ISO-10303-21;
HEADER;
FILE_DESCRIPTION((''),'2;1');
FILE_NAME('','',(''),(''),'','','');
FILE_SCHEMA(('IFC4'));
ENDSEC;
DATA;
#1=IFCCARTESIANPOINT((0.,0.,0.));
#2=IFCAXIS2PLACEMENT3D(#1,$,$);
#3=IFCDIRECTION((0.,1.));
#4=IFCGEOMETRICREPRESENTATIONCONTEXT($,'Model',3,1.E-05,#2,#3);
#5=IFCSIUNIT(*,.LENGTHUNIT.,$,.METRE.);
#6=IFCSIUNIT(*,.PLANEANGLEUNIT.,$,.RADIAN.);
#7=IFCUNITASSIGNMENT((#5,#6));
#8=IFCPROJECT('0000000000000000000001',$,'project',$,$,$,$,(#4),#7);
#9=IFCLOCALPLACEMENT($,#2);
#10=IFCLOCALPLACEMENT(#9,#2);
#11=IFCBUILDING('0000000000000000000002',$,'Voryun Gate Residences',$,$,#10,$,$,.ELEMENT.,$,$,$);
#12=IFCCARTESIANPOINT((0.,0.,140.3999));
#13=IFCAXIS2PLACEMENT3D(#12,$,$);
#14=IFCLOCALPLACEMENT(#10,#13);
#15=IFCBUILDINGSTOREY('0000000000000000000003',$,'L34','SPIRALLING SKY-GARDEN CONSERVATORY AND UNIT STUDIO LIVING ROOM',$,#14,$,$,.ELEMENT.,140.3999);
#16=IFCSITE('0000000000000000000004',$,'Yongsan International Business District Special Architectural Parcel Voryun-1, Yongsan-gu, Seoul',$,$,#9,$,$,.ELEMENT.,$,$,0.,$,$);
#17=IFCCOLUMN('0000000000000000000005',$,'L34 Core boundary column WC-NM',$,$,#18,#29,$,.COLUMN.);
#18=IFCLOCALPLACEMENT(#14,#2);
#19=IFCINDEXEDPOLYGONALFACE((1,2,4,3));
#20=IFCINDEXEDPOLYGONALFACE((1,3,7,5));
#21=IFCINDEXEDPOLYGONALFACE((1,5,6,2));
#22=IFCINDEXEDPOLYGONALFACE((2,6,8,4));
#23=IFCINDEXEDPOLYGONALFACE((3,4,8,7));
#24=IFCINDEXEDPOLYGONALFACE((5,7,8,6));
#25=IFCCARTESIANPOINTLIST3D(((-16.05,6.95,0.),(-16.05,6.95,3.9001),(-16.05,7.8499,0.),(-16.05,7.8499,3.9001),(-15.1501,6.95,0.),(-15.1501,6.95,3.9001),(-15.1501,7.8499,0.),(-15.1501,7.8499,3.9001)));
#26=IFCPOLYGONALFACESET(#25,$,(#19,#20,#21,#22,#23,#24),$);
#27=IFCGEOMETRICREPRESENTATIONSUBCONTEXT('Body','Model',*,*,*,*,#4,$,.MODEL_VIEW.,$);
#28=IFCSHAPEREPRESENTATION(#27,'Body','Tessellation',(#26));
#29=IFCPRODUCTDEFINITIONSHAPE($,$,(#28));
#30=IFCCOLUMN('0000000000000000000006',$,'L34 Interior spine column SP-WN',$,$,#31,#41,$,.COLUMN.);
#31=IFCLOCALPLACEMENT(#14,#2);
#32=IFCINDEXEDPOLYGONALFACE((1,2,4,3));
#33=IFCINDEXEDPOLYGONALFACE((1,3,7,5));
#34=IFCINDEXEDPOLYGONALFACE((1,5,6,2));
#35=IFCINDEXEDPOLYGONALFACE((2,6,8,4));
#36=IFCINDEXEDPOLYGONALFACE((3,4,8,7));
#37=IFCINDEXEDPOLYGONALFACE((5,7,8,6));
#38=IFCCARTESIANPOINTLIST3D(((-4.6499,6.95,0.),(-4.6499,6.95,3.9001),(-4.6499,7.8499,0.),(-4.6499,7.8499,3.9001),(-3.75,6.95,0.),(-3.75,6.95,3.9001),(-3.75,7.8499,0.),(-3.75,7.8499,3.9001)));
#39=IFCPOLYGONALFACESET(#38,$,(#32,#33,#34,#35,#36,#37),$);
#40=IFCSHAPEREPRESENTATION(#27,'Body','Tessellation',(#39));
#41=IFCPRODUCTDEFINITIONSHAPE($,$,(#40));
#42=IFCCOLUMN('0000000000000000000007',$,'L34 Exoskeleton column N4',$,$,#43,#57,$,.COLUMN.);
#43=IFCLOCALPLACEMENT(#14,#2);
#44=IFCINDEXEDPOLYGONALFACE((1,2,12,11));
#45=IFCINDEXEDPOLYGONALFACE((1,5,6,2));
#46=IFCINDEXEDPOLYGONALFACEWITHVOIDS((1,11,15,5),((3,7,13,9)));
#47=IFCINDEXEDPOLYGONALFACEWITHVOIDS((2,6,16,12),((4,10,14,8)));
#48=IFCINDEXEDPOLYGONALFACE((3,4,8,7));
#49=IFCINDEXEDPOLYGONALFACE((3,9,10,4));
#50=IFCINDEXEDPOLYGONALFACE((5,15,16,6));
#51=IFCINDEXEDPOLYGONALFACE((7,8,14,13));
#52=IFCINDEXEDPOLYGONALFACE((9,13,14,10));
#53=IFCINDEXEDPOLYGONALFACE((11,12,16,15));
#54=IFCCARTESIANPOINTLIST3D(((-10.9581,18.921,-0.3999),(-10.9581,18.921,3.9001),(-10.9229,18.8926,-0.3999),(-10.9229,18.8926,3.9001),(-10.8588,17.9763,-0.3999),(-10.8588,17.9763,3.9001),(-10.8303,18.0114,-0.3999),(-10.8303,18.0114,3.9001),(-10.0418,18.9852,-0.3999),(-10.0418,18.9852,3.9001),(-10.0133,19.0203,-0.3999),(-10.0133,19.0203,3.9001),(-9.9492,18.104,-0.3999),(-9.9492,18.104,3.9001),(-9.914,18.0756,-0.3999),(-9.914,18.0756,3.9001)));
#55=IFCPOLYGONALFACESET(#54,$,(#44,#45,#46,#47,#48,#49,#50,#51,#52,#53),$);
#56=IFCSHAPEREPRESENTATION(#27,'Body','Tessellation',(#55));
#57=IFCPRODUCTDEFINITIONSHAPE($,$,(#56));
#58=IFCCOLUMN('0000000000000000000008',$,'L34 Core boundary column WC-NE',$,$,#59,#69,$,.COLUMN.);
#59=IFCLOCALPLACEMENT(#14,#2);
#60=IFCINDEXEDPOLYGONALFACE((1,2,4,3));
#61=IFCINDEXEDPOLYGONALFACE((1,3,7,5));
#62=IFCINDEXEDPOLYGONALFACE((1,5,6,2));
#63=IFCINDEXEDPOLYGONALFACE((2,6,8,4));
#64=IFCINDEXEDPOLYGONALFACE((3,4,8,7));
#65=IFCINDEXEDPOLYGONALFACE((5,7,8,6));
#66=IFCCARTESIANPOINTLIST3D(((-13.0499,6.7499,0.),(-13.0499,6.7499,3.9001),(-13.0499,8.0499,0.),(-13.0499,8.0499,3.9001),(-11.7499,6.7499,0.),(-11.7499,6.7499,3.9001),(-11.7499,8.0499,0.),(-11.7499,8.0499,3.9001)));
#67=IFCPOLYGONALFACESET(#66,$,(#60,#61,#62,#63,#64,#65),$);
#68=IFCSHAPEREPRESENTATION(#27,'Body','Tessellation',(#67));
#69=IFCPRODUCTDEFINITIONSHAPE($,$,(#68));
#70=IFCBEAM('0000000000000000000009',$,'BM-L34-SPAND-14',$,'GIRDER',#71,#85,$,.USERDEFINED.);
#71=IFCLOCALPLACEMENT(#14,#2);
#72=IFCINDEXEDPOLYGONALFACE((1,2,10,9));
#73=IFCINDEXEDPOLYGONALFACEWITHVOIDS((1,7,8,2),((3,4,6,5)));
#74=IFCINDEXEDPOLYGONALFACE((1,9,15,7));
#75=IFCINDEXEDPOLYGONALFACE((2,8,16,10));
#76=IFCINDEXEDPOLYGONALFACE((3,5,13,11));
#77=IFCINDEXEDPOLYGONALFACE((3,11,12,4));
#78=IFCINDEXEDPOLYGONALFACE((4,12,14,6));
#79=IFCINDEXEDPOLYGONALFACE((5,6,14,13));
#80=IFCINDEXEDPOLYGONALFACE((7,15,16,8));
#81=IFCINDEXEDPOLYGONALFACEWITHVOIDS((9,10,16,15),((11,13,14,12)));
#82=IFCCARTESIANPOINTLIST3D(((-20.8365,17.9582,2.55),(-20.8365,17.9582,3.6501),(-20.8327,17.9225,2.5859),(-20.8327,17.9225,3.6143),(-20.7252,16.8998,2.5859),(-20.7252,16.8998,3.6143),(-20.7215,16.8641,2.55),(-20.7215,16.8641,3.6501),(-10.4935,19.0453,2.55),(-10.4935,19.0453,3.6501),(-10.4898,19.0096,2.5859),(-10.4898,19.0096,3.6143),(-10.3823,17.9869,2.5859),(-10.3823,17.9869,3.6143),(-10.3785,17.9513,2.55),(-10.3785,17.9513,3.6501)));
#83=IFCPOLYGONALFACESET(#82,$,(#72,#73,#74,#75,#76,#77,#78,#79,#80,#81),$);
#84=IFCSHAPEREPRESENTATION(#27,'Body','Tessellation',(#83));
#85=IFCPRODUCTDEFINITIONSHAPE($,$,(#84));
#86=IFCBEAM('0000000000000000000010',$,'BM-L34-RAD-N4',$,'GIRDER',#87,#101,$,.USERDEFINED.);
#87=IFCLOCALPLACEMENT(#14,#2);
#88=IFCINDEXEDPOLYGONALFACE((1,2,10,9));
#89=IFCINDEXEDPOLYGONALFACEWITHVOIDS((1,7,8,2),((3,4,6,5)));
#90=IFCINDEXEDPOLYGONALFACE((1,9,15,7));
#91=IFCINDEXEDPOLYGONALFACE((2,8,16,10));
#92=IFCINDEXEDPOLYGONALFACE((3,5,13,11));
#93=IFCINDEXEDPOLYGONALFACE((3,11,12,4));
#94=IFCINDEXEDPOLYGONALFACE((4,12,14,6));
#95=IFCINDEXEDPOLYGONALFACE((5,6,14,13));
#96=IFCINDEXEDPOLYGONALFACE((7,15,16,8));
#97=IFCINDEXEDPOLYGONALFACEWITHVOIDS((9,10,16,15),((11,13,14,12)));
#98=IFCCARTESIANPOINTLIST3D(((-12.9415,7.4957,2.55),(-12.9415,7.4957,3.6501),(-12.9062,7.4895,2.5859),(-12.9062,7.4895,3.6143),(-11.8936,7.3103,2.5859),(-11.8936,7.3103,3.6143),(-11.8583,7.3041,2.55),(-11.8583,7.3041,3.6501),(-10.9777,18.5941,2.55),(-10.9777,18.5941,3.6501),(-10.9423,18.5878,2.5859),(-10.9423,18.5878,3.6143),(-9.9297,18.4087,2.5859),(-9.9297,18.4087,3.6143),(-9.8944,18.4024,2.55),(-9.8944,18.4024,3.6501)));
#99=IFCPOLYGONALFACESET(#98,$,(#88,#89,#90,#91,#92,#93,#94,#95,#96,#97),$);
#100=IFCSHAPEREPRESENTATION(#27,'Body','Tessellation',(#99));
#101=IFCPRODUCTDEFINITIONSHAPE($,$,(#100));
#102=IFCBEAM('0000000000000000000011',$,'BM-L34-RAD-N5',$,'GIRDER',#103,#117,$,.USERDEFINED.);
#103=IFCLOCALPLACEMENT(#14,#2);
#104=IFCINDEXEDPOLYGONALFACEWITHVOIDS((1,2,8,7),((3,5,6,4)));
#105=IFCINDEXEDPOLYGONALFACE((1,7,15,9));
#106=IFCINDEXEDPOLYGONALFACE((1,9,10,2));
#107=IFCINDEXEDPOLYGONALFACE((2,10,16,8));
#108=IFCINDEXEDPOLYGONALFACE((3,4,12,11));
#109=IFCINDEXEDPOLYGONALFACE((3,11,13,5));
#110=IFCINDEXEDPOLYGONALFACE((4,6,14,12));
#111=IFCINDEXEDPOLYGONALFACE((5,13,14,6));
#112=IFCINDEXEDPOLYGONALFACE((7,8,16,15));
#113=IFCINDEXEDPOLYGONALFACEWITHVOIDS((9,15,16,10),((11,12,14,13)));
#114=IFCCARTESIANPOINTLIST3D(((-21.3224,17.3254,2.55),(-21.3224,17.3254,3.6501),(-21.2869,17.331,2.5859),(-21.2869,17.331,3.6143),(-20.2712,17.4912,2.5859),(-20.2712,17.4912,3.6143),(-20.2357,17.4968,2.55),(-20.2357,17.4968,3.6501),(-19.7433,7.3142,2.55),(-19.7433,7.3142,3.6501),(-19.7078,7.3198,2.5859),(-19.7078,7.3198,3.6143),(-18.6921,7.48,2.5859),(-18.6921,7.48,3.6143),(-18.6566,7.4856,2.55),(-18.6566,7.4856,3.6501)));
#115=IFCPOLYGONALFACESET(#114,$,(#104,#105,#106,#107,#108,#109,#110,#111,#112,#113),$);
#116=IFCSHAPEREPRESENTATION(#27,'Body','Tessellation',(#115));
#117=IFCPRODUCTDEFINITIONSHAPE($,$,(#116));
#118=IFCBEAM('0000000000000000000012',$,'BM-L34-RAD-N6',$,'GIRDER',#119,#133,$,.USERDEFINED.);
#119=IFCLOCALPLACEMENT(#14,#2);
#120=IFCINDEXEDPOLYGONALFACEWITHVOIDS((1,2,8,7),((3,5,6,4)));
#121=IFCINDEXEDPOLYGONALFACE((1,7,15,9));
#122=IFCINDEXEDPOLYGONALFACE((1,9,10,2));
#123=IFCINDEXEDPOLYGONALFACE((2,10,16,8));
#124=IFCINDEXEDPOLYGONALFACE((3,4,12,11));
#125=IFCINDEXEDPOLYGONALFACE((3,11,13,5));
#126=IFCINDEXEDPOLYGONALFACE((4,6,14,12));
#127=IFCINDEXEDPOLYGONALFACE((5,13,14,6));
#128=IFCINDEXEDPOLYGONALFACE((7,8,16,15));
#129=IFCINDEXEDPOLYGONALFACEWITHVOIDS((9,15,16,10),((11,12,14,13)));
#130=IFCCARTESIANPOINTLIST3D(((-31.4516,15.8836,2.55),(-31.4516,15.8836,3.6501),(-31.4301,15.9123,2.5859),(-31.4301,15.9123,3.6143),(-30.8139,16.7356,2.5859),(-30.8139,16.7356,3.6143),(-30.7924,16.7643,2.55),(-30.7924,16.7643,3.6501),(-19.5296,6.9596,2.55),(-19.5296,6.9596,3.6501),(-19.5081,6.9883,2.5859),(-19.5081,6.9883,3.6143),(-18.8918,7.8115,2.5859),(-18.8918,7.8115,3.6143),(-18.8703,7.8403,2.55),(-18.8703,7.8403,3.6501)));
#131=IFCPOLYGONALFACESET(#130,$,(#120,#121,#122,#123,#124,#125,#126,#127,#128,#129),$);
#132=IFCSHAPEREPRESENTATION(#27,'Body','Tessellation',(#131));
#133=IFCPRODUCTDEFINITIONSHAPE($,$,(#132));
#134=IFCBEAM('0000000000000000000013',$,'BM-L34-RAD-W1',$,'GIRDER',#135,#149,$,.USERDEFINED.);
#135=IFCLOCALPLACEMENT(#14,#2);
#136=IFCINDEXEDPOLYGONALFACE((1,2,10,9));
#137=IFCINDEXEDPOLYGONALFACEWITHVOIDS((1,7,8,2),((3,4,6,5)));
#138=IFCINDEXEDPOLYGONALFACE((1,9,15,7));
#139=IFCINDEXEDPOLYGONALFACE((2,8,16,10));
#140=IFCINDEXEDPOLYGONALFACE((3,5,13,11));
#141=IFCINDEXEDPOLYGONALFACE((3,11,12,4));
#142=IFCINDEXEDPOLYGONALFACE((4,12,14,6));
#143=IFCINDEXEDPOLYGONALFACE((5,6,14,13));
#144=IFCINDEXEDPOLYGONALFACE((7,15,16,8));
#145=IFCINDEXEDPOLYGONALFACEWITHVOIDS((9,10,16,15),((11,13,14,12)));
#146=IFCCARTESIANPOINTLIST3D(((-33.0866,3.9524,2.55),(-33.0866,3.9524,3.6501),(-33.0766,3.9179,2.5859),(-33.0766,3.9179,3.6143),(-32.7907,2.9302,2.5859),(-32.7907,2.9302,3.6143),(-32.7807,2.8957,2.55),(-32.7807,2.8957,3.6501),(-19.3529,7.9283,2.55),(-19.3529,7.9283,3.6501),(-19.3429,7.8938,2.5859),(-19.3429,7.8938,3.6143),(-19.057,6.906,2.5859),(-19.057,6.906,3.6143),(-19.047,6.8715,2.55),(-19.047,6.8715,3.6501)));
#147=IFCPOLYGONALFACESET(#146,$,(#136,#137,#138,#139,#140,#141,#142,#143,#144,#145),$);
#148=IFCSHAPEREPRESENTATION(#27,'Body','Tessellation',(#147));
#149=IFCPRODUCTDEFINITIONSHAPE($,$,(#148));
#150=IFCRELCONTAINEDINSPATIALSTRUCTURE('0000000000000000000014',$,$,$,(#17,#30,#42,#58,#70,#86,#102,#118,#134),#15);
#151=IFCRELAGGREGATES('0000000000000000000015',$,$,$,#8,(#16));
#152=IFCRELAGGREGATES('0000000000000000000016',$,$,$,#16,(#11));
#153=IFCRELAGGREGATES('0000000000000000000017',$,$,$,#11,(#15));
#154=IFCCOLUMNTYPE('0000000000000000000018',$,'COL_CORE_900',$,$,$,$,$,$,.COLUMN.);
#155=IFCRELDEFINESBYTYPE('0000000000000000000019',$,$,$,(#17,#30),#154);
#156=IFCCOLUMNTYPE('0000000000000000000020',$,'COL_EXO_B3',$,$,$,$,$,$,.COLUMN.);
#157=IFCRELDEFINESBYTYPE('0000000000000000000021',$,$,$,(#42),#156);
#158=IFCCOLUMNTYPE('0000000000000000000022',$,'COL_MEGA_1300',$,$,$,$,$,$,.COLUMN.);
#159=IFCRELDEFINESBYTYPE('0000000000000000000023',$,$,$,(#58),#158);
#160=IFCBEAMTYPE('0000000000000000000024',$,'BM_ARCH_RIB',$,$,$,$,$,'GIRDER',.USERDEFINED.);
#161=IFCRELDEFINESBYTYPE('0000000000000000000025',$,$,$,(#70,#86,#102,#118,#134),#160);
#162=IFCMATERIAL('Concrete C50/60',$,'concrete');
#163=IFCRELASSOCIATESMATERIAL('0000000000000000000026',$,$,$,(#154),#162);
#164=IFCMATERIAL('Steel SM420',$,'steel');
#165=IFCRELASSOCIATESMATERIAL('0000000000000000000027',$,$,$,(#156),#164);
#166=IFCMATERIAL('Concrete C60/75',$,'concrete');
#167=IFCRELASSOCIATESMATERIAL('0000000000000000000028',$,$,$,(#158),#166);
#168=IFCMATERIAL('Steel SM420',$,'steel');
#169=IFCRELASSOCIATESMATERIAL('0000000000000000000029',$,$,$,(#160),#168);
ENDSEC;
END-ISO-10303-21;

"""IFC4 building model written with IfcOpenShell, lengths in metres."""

from ifc_helpers import new_model, si_unit, direction, frame, origin, origin_2d, place, context, subcontext, project, spatial, rectangle, hollow_rectangle, extrude, material, material_profile, profile_set, type_object, element, save


model = new_model("IFC4")

# Units and contexts
model_context = context("Model", 3, precision=1e-05, world=origin(), true_north=direction((0.0, 1.0)))
body_context = subcontext(model_context, "Body", "Model", "MODEL_VIEW")
ifc_project = project(units=[si_unit("LENGTHUNIT", "METRE"), si_unit("PLANEANGLEUNIT", "RADIAN")], contexts=[model_context])

# Site, building, storey
site_placement = place(None, origin())
site = spatial("IfcSite", under=ifc_project, at=site_placement, Name="Yongsan International Business District Special Architectural Parcel Voryun-1, Yongsan-gu, Seoul", CompositionType="ELEMENT", RefElevation=0.0)
building_placement = place(site_placement, origin())
building = spatial("IfcBuilding", under=site, at=building_placement, Name="Voryun Gate Residences", CompositionType="ELEMENT")
storey_placement = place(building_placement, frame((0.0, 0.0, 140.3999)))
storey = spatial("IfcBuildingStorey", under=building, at=storey_placement, Name="L34", Description="SPIRALLING SKY-GARDEN CONSERVATORY AND UNIT STUDIO LIVING ROOM", CompositionType="ELEMENT", Elevation=140.3999)

# Columns
ifc_material_1 = material(Name="Concrete C50/60", Category="concrete")
ifc_material_profile_1 = material_profile(ifc_material_1, rectangle(XDim=0.8999, YDim=0.8999, at=origin_2d()), Name="RC-900x900")
ifc_profile_set_1 = profile_set([ifc_material_profile_1], Name="Concrete C50/60")
column_type_1 = type_object("IfcColumnType", Name="COL_CORE_900", PredefinedType="COLUMN", material=ifc_profile_set_1)
for number, where, z_axis, x_axis, name in (
    (1, (-15.6001, 7.3999, 0.0), (0.0, 0.0, 1.0), (1.0, 0.0, 0.0), "L34 Core boundary column WC-NM"),
    (2, (-4.2, 7.3999, 0.0), (0.0, 0.0, 1.0), (1.0, 0.0, 0.0), "L34 Interior spine column SP-WN"),
):
    element("IfcColumn", number, at=place(storey_placement, frame(where, z_axis=z_axis, x_axis=x_axis)), inside=storey, type_object=column_type_1, Name=name, PredefinedType="COLUMN", context=body_context, shape_type="SweptSolid", body=[
        extrude(rectangle(XDim=0.8999, YDim=0.8999, at=origin_2d()), origin(), (0.0, 0.0, 1.0), 3.9001),
    ])
ifc_material_2 = material(Name="Steel SM420", Category="steel")
ifc_material_profile_2 = material_profile(ifc_material_2, hollow_rectangle(XDim=0.95, YDim=0.95, WallThickness=0.032, at=origin_2d()), Name="BOX-950x950x32")
ifc_profile_set_2 = profile_set([ifc_material_profile_2], Name="Steel SM420")
column_type_2 = type_object("IfcColumnType", Name="COL_EXO_B3", PredefinedType="COLUMN", material=ifc_profile_set_2)
column_1_placement = place(storey_placement, frame((-10.436, 18.4983, -0.3999), z_axis=(0.0, 0.0, 1.0), x_axis=(0.994522, 0.104528, 0.0)))
element("IfcColumn", 3, at=column_1_placement, inside=storey, type_object=column_type_2, Name="L34 Exoskeleton column N4", PredefinedType="COLUMN", context=body_context, shape_type="SweptSolid", body=[
    extrude(hollow_rectangle(XDim=0.95, YDim=0.95, WallThickness=0.032, at=origin_2d()), origin(), (0.0, 0.0, 1.0), 4.3),
])
ifc_material_3 = material(Name="Concrete C60/75", Category="concrete")
ifc_material_profile_3 = material_profile(ifc_material_3, rectangle(XDim=1.3, YDim=1.3, at=origin_2d()), Name="RC-1300x1300")
ifc_profile_set_3 = profile_set([ifc_material_profile_3], Name="Concrete C60/75")
column_type_3 = type_object("IfcColumnType", Name="COL_MEGA_1300", PredefinedType="COLUMN", material=ifc_profile_set_3)
column_2_placement = place(storey_placement, frame((-12.3999, 7.3999, 0.0), z_axis=(0.0, 0.0, 1.0), x_axis=(1.0, 0.0, 0.0)))
element("IfcColumn", 4, at=column_2_placement, inside=storey, type_object=column_type_3, Name="L34 Core boundary column WC-NE", PredefinedType="COLUMN", context=body_context, shape_type="SweptSolid", body=[
    extrude(rectangle(XDim=1.3, YDim=1.3, at=origin_2d()), origin(), (0.0, 0.0, 1.0), 3.9001),
])

# Beams
ifc_material_4 = material(Name="Steel SM420", Category="steel")
ifc_material_profile_4 = material_profile(ifc_material_4, hollow_rectangle(XDim=1.1001, YDim=1.1001, WallThickness=0.0359, at=origin_2d()), Name="BOX-1100x1100x36")
ifc_profile_set_4 = profile_set([ifc_material_profile_4], Name="Steel SM420")
beam_type_1 = type_object("IfcBeamType", Name="BM_ARCH_RIB", ElementType="GIRDER", PredefinedType="USERDEFINED", material=ifc_profile_set_4)
beam_1_placement = place(storey_placement, frame((-10.436, 18.4983, 3.1001), z_axis=(-0.994521, -0.104534, 0.0), x_axis=(0.104534, -0.994521, 0.0)))
element("IfcBeam", 5, at=beam_1_placement, inside=storey, type_object=beam_type_1, Name="BM-L34-SPAND-14", ObjectType="GIRDER", PredefinedType="USERDEFINED", context=body_context, shape_type="SweptSolid", body=[
    extrude(hollow_rectangle(XDim=1.1001, YDim=1.1001, WallThickness=0.0359, at=origin_2d()), origin(), (0.0, 0.0, 1.0), 10.3999),
])
beam_2_placement = place(storey_placement, frame((-12.3999, 7.3999, 3.1001), z_axis=(0.174244, 0.984703, 0.0), x_axis=(-0.984703, 0.174244, 0.0)))
element("IfcBeam", 6, at=beam_2_placement, inside=storey, type_object=beam_type_1, Name="BM-L34-RAD-N4", ObjectType="GIRDER", PredefinedType="USERDEFINED", context=body_context, shape_type="SweptSolid", body=[
    extrude(hollow_rectangle(XDim=1.1001, YDim=1.1001, WallThickness=0.0359, at=origin_2d()), origin(), (0.0, 0.0, 1.0), 11.2708),
])
beam_3_placement = place(storey_placement, frame((-19.2, 7.3999, 3.1001), z_axis=(-0.155807, 0.987788, 0.0), x_axis=(-0.987788, -0.155807, 0.0)))
element("IfcBeam", 7, at=beam_3_placement, inside=storey, type_object=beam_type_1, Name="BM-L34-RAD-N5", ObjectType="GIRDER", PredefinedType="USERDEFINED", context=body_context, shape_type="SweptSolid", body=[
    extrude(hollow_rectangle(XDim=1.1001, YDim=1.1001, WallThickness=0.0359, at=origin_2d()), origin(), (0.0, 0.0, 1.0), 10.135),
])
beam_4_placement = place(storey_placement, frame((-19.2, 7.3999, 3.1001), z_axis=(-0.800564, 0.599247, 0.0), x_axis=(-0.599247, -0.800564, 0.0)))
element("IfcBeam", 8, at=beam_4_placement, inside=storey, type_object=beam_type_1, Name="BM-L34-RAD-N6", ObjectType="GIRDER", PredefinedType="USERDEFINED", context=body_context, shape_type="SweptSolid", body=[
    extrude(hollow_rectangle(XDim=1.1001, YDim=1.1001, WallThickness=0.0359, at=origin_2d()), origin(), (0.0, 0.0, 1.0), 14.8921),
])
beam_5_placement = place(storey_placement, frame((-19.2, 7.3999, 3.1001), z_axis=(-0.960559, -0.278078, 0.0), x_axis=(0.278078, -0.960559, 0.0)))
element("IfcBeam", 9, at=beam_5_placement, inside=storey, type_object=beam_type_1, Name="BM-L34-RAD-W1", ObjectType="GIRDER", PredefinedType="USERDEFINED", context=body_context, shape_type="SweptSolid", body=[
    extrude(hollow_rectangle(XDim=1.1001, YDim=1.1001, WallThickness=0.0359, at=origin_2d()), origin(), (0.0, 0.0, 1.0), 14.2976),
])

save(model, "model.ifc")
